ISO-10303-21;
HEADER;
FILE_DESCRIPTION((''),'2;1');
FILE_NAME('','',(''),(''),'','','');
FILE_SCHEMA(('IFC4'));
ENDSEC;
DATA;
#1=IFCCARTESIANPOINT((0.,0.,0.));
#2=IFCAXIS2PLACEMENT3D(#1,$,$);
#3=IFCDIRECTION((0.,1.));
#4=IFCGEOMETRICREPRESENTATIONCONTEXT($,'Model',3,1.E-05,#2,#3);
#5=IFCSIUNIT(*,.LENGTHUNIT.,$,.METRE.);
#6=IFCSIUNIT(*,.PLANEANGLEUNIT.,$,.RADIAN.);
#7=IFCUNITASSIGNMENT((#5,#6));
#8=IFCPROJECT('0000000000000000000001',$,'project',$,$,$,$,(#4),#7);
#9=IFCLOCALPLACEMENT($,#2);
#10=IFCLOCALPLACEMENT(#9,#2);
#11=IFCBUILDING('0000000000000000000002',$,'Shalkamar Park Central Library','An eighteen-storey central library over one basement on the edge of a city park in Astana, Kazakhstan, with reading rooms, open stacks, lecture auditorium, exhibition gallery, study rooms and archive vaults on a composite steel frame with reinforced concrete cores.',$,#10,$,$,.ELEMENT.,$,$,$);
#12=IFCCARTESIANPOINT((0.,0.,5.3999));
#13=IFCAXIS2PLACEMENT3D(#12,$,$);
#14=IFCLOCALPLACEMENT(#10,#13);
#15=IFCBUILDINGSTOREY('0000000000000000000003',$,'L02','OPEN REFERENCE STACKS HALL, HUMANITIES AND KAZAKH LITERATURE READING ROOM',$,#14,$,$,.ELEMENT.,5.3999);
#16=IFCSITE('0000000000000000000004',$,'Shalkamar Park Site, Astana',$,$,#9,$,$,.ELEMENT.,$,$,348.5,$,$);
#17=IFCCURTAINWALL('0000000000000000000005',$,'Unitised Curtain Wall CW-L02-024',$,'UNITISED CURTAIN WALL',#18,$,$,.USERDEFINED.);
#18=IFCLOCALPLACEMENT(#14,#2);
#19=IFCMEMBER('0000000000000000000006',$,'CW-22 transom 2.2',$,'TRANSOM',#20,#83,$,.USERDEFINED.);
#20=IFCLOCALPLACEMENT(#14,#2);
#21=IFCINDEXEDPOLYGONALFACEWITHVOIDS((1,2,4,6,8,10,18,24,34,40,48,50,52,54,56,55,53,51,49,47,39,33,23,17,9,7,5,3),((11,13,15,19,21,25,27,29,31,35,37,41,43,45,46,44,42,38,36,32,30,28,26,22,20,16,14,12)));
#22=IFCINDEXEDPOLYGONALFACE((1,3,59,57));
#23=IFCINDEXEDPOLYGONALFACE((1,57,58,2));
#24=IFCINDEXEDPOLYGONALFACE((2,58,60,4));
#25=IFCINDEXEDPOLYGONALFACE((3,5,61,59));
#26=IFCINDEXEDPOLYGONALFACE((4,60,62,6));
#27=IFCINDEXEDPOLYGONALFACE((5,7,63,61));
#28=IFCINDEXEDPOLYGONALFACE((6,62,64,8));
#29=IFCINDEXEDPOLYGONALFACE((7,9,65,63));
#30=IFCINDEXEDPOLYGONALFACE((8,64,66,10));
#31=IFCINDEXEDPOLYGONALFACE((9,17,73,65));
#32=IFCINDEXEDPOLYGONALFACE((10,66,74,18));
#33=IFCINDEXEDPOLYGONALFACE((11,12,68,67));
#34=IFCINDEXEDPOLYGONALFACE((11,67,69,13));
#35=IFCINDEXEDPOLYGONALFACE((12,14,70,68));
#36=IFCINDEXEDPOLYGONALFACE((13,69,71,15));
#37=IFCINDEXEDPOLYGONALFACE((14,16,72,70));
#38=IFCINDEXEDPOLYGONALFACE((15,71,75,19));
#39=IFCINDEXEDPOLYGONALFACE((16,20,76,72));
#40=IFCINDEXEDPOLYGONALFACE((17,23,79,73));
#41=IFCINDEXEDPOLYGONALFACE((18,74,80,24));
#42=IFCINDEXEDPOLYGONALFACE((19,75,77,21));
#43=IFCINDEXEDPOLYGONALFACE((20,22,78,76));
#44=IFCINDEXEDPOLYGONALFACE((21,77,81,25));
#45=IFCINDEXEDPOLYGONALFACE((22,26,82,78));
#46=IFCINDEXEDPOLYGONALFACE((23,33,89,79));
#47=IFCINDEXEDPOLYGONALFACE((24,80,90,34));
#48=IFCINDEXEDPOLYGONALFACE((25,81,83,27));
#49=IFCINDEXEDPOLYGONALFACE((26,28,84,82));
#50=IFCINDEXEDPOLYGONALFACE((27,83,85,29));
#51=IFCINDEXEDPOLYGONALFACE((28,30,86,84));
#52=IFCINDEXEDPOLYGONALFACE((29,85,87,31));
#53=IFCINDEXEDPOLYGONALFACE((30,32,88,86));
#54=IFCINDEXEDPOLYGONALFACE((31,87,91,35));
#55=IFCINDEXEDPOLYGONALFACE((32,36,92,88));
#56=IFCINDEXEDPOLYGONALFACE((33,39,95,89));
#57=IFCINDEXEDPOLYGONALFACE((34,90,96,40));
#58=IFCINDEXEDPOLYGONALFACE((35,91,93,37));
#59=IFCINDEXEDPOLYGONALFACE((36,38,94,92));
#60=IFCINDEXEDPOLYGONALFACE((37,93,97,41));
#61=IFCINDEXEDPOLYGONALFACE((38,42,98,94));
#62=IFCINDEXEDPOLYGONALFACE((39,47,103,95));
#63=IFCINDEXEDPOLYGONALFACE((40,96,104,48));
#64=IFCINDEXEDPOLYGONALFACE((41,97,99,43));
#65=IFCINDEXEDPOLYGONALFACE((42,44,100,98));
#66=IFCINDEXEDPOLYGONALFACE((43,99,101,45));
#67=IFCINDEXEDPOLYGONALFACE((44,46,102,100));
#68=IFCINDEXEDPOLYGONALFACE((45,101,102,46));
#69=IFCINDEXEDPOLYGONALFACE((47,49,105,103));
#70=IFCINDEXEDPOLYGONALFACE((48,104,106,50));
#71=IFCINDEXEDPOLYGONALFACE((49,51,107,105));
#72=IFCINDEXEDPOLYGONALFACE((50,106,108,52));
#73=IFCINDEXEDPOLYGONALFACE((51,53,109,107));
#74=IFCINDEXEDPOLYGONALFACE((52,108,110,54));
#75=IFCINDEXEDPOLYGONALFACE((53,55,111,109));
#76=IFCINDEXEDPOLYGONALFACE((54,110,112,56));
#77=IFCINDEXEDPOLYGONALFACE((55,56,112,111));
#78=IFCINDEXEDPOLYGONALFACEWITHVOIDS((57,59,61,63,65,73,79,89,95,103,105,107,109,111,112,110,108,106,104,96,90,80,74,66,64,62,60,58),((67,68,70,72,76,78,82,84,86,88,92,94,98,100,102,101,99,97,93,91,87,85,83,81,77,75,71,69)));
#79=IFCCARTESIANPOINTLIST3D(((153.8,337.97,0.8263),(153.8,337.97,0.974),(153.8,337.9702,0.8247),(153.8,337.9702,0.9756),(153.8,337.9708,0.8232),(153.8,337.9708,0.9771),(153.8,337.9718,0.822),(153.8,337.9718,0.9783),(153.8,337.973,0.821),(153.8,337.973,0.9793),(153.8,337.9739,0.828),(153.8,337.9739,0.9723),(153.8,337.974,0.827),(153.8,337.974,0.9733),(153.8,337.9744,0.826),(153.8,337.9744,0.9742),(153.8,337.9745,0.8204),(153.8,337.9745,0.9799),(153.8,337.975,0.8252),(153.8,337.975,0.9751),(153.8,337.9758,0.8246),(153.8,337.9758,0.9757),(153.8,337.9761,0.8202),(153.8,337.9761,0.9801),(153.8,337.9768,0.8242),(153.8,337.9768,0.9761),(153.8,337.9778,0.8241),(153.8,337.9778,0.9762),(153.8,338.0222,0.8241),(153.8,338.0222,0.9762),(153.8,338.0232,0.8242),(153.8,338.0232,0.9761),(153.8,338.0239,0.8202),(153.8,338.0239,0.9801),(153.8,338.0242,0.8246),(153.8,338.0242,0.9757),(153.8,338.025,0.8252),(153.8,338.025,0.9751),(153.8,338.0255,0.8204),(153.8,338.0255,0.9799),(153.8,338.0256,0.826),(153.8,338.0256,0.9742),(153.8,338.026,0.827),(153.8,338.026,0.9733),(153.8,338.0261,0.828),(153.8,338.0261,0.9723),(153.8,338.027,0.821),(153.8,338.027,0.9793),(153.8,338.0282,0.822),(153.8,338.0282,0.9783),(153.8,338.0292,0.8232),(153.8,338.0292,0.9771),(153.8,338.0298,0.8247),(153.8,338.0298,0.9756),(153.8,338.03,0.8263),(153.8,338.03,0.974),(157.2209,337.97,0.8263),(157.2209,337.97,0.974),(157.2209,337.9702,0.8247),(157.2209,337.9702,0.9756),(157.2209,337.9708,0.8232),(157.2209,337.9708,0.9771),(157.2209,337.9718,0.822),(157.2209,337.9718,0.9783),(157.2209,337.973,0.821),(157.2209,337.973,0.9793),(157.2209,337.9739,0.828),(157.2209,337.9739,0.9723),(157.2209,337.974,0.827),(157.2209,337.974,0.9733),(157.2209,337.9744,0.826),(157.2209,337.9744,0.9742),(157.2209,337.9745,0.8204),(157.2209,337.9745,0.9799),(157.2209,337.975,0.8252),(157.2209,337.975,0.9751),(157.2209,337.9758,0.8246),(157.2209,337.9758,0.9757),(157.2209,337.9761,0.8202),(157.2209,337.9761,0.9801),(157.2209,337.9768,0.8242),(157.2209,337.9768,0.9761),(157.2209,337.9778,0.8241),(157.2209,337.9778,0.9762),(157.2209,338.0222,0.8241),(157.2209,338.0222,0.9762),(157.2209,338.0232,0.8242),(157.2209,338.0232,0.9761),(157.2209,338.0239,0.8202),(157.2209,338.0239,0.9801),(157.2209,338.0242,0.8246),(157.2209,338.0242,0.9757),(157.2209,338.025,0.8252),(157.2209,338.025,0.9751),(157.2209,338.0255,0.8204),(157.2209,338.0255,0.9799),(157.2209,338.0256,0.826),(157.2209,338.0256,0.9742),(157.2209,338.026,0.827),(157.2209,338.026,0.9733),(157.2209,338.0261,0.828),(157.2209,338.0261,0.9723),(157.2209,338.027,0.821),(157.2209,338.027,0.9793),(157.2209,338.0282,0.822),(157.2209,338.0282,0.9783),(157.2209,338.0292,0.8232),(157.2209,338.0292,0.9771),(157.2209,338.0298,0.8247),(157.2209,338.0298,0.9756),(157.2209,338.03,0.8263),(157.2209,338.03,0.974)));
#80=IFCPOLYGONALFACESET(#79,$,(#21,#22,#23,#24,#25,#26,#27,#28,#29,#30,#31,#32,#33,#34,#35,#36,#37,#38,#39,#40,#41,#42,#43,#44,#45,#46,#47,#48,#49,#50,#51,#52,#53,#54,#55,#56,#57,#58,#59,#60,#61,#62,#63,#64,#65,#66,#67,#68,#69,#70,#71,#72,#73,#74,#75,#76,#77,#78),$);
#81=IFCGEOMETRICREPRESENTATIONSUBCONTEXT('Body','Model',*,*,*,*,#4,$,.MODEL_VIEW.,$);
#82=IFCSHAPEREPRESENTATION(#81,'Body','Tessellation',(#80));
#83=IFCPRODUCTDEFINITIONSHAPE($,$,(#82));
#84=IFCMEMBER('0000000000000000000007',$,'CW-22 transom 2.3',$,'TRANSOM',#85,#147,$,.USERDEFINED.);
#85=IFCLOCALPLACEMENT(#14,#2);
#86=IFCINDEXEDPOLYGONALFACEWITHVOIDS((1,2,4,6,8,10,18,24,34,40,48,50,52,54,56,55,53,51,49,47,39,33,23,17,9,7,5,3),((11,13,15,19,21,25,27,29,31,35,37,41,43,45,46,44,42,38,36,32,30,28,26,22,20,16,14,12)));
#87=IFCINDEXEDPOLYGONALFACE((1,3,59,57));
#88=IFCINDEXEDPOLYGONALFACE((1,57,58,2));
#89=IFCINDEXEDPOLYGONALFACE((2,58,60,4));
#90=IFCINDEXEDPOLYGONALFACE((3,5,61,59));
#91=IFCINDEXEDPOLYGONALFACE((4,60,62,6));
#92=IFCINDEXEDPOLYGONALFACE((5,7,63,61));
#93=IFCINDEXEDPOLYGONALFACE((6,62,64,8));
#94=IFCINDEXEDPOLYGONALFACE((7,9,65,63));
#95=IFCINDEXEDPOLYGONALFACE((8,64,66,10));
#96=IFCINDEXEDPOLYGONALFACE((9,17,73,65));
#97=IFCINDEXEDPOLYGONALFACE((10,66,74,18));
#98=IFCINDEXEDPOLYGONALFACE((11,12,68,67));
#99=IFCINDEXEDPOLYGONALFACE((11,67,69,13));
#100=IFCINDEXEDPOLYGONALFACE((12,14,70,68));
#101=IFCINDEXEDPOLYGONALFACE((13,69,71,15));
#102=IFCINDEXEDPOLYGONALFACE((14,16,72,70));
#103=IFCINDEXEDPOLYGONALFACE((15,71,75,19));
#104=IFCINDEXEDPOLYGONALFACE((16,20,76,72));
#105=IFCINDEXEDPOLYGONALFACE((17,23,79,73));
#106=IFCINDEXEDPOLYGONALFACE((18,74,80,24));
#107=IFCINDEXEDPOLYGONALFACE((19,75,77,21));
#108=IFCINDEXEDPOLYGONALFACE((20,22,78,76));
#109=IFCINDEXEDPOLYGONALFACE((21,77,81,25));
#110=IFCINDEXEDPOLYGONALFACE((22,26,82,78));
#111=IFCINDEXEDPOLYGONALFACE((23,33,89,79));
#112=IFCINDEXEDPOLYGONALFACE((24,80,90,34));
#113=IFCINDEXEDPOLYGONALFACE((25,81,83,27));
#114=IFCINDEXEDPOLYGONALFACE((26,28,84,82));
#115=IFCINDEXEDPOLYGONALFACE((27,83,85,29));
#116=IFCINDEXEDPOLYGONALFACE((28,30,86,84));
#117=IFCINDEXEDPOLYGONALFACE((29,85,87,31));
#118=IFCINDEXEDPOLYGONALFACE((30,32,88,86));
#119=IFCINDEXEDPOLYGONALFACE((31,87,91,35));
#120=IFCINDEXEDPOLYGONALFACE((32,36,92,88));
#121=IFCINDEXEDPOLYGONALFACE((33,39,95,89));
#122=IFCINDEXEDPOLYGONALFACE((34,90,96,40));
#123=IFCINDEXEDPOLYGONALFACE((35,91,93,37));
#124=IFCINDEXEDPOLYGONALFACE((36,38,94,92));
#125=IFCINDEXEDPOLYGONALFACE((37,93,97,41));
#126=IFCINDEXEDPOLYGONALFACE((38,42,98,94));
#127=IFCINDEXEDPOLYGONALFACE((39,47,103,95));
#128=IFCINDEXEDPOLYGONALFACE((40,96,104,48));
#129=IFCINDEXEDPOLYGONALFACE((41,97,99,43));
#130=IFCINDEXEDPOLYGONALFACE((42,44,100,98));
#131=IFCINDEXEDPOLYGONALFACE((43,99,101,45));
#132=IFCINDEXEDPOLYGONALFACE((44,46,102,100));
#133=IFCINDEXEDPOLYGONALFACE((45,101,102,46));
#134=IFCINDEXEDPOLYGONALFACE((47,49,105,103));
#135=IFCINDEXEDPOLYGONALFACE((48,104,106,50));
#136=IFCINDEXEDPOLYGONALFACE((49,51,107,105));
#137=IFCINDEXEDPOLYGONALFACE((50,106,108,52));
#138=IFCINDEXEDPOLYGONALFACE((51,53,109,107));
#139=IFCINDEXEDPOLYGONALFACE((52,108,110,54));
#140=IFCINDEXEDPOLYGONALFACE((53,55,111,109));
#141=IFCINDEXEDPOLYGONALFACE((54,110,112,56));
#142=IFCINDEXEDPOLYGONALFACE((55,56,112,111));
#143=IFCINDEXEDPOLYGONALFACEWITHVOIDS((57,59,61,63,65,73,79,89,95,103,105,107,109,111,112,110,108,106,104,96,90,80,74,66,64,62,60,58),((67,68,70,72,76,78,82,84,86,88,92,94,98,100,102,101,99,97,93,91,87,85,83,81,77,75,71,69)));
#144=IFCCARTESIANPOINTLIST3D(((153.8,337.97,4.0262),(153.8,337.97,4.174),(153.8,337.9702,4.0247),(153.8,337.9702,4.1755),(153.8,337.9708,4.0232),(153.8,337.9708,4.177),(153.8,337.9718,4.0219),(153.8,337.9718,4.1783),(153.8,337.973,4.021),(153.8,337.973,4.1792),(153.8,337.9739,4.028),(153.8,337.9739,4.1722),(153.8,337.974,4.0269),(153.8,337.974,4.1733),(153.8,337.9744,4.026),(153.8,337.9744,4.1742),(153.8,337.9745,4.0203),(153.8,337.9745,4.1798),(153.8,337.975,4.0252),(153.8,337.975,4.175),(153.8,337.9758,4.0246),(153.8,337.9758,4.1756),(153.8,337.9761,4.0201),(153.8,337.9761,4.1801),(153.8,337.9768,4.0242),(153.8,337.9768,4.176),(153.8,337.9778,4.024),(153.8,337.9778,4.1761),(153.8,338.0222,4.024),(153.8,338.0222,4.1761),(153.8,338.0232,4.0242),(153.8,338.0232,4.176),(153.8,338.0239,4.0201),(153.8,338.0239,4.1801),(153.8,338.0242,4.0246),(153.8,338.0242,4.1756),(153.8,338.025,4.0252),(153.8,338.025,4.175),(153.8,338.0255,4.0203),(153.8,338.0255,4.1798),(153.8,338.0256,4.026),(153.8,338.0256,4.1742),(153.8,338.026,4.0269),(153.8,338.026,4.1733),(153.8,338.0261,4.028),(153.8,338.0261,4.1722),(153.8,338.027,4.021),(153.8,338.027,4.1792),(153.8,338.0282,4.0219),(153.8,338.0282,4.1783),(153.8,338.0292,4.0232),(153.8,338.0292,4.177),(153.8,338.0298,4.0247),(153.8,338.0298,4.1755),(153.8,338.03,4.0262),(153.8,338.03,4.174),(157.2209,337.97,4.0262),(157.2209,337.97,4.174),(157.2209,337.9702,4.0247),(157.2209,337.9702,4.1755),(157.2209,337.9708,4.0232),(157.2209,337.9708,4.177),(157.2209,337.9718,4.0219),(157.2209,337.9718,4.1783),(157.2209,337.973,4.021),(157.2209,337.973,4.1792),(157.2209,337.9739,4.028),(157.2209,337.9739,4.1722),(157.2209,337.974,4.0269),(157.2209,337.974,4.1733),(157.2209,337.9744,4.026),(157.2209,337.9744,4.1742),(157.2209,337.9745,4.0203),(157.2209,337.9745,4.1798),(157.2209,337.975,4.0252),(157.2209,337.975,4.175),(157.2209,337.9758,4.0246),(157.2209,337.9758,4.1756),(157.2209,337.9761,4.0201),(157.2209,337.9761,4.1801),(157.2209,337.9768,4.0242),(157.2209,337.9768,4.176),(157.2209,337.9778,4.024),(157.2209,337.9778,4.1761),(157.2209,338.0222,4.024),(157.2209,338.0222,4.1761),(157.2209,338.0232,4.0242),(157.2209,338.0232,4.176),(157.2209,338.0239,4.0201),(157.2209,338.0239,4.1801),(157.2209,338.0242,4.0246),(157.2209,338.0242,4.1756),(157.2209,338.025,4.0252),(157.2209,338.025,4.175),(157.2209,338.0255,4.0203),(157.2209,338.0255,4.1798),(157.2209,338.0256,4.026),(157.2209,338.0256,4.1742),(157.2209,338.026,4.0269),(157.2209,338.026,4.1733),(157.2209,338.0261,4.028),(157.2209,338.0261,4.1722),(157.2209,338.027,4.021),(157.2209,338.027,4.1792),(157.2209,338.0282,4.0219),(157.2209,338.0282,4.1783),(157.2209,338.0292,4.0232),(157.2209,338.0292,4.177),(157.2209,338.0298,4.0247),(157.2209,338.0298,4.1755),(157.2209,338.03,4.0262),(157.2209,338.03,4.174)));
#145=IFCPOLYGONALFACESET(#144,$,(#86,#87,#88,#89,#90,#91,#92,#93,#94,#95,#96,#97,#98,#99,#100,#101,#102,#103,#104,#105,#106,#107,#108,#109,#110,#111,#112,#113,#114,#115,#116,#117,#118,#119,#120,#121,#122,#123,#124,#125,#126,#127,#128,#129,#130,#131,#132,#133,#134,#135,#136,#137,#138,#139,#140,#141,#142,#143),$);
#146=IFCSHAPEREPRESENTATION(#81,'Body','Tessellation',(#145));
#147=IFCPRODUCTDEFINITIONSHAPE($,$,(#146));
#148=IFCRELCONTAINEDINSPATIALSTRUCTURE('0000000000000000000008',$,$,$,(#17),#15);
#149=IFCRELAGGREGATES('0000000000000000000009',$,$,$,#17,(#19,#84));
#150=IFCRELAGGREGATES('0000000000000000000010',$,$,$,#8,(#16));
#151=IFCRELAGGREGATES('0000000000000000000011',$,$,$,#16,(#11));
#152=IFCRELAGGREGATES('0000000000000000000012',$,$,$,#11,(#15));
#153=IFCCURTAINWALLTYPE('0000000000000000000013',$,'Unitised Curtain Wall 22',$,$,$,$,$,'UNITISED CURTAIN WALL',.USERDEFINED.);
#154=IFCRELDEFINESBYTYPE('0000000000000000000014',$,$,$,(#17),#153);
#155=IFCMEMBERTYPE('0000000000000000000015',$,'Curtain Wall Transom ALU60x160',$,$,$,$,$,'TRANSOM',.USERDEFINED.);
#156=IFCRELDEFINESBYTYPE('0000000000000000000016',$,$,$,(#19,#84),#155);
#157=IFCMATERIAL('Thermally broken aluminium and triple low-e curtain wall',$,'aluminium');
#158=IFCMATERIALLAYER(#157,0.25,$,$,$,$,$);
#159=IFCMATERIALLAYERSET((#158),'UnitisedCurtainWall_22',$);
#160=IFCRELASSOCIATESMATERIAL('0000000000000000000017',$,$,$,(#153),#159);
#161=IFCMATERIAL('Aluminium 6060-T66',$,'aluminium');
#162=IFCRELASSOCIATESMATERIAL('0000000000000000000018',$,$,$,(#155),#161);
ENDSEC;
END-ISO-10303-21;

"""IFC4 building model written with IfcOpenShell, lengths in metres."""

from ifc_helpers import new_model, si_unit, direction, frame, origin, origin_2d, place, context, subcontext, project, spatial, hollow_rectangle, extrude, material, layer, layer_set, material_profile, profile_set, type_object, element, aggregate, save


model = new_model("IFC4")

# Units and contexts
model_context = context("Model", 3, precision=1e-05, world=origin(), true_north=direction((0.0, 1.0)))
body_context = subcontext(model_context, "Body", "Model", "MODEL_VIEW")
ifc_project = project(units=[si_unit("LENGTHUNIT", "METRE"), si_unit("PLANEANGLEUNIT", "RADIAN")], contexts=[model_context])

# Site, building, storey
site_placement = place(None, origin())
site = spatial("IfcSite", under=ifc_project, at=site_placement, Name="Shalkamar Park Site, Astana", CompositionType="ELEMENT", RefElevation=348.5)
building_placement = place(site_placement, origin())
building = spatial("IfcBuilding", under=site, at=building_placement, Name="Shalkamar Park Central Library", Description="An eighteen-storey central library over one basement on the edge of a city park in Astana, Kazakhstan, with reading rooms, open stacks, lecture auditorium, exhibition gallery, study rooms and archive vaults on a composite steel frame with reinforced concrete cores.", CompositionType="ELEMENT")
storey_placement = place(building_placement, frame((0.0, 0.0, 5.3999)))
storey = spatial("IfcBuildingStorey", under=building, at=storey_placement, Name="L02", Description="OPEN REFERENCE STACKS HALL, HUMANITIES AND KAZAKH LITERATURE READING ROOM", CompositionType="ELEMENT", Elevation=5.3999)

# Curtain wall
ifc_material_1 = material(Name="Thermally broken aluminium and triple low-e curtain wall", Category="aluminium")
ifc_layer_1 = layer(ifc_material_1, 0.25)
ifc_layer_set_1 = layer_set([ifc_layer_1], Name="UnitisedCurtainWall_22")
curtain_wall_type_1 = type_object("IfcCurtainWallType", Name="Unitised Curtain Wall 22", ElementType="UNITISED CURTAIN WALL", PredefinedType="USERDEFINED", material=ifc_layer_set_1)
curtain_wall_1_placement = place(storey_placement, origin())
curtain_wall_1 = element("IfcCurtainWall", 1, at=curtain_wall_1_placement, inside=storey, type_object=curtain_wall_type_1, Name="Unitised Curtain Wall CW-L02-024", ObjectType="UNITISED CURTAIN WALL", PredefinedType="USERDEFINED")
ifc_material_2 = material(Name="Aluminium 6060-T66", Category="aluminium")

# Members
ifc_material_profile_1 = material_profile(ifc_material_2, hollow_rectangle(XDim=0.0601, YDim=0.1599, WallThickness=0.0039, InnerFilletRadius=0.0039, OuterFilletRadius=0.0061, at=origin_2d()), Name="ALU 60x160x4")
ifc_profile_set_1 = profile_set([ifc_material_profile_1], Name="Aluminium 6060-T66")
member_type_1 = type_object("IfcMemberType", Name="Curtain Wall Transom ALU60x160", ElementType="TRANSOM", PredefinedType="USERDEFINED", material=ifc_profile_set_1)
member_1_placement = place(storey_placement, frame((153.8, 338.0, 0.9001), z_axis=(1.0, 0.0, 0.0), x_axis=(0.0, 1.0, 0.0)))
member_1 = element("IfcMember", 2, at=member_1_placement, type_object=member_type_1, Name="CW-22 transom 2.2", ObjectType="TRANSOM", PredefinedType="USERDEFINED", context=body_context, shape_type="SweptSolid", body=[
    extrude(hollow_rectangle(XDim=0.0601, YDim=0.1599, WallThickness=0.0039, InnerFilletRadius=0.0039, OuterFilletRadius=0.0061, at=origin_2d()), origin(), (0.0, 0.0, 1.0), 3.4209),
])
member_2_placement = place(storey_placement, frame((153.8, 338.0, 4.1001), z_axis=(1.0, 0.0, 0.0), x_axis=(0.0, 1.0, 0.0)))
member_2 = element("IfcMember", 3, at=member_2_placement, type_object=member_type_1, Name="CW-22 transom 2.3", ObjectType="TRANSOM", PredefinedType="USERDEFINED", context=body_context, shape_type="SweptSolid", body=[
    extrude(hollow_rectangle(XDim=0.0601, YDim=0.1599, WallThickness=0.0039, InnerFilletRadius=0.0039, OuterFilletRadius=0.0061, at=origin_2d()), origin(), (0.0, 0.0, 1.0), 3.4209),
])

aggregate(curtain_wall_1, [member_1, member_2])

save(model, "model.ifc")
